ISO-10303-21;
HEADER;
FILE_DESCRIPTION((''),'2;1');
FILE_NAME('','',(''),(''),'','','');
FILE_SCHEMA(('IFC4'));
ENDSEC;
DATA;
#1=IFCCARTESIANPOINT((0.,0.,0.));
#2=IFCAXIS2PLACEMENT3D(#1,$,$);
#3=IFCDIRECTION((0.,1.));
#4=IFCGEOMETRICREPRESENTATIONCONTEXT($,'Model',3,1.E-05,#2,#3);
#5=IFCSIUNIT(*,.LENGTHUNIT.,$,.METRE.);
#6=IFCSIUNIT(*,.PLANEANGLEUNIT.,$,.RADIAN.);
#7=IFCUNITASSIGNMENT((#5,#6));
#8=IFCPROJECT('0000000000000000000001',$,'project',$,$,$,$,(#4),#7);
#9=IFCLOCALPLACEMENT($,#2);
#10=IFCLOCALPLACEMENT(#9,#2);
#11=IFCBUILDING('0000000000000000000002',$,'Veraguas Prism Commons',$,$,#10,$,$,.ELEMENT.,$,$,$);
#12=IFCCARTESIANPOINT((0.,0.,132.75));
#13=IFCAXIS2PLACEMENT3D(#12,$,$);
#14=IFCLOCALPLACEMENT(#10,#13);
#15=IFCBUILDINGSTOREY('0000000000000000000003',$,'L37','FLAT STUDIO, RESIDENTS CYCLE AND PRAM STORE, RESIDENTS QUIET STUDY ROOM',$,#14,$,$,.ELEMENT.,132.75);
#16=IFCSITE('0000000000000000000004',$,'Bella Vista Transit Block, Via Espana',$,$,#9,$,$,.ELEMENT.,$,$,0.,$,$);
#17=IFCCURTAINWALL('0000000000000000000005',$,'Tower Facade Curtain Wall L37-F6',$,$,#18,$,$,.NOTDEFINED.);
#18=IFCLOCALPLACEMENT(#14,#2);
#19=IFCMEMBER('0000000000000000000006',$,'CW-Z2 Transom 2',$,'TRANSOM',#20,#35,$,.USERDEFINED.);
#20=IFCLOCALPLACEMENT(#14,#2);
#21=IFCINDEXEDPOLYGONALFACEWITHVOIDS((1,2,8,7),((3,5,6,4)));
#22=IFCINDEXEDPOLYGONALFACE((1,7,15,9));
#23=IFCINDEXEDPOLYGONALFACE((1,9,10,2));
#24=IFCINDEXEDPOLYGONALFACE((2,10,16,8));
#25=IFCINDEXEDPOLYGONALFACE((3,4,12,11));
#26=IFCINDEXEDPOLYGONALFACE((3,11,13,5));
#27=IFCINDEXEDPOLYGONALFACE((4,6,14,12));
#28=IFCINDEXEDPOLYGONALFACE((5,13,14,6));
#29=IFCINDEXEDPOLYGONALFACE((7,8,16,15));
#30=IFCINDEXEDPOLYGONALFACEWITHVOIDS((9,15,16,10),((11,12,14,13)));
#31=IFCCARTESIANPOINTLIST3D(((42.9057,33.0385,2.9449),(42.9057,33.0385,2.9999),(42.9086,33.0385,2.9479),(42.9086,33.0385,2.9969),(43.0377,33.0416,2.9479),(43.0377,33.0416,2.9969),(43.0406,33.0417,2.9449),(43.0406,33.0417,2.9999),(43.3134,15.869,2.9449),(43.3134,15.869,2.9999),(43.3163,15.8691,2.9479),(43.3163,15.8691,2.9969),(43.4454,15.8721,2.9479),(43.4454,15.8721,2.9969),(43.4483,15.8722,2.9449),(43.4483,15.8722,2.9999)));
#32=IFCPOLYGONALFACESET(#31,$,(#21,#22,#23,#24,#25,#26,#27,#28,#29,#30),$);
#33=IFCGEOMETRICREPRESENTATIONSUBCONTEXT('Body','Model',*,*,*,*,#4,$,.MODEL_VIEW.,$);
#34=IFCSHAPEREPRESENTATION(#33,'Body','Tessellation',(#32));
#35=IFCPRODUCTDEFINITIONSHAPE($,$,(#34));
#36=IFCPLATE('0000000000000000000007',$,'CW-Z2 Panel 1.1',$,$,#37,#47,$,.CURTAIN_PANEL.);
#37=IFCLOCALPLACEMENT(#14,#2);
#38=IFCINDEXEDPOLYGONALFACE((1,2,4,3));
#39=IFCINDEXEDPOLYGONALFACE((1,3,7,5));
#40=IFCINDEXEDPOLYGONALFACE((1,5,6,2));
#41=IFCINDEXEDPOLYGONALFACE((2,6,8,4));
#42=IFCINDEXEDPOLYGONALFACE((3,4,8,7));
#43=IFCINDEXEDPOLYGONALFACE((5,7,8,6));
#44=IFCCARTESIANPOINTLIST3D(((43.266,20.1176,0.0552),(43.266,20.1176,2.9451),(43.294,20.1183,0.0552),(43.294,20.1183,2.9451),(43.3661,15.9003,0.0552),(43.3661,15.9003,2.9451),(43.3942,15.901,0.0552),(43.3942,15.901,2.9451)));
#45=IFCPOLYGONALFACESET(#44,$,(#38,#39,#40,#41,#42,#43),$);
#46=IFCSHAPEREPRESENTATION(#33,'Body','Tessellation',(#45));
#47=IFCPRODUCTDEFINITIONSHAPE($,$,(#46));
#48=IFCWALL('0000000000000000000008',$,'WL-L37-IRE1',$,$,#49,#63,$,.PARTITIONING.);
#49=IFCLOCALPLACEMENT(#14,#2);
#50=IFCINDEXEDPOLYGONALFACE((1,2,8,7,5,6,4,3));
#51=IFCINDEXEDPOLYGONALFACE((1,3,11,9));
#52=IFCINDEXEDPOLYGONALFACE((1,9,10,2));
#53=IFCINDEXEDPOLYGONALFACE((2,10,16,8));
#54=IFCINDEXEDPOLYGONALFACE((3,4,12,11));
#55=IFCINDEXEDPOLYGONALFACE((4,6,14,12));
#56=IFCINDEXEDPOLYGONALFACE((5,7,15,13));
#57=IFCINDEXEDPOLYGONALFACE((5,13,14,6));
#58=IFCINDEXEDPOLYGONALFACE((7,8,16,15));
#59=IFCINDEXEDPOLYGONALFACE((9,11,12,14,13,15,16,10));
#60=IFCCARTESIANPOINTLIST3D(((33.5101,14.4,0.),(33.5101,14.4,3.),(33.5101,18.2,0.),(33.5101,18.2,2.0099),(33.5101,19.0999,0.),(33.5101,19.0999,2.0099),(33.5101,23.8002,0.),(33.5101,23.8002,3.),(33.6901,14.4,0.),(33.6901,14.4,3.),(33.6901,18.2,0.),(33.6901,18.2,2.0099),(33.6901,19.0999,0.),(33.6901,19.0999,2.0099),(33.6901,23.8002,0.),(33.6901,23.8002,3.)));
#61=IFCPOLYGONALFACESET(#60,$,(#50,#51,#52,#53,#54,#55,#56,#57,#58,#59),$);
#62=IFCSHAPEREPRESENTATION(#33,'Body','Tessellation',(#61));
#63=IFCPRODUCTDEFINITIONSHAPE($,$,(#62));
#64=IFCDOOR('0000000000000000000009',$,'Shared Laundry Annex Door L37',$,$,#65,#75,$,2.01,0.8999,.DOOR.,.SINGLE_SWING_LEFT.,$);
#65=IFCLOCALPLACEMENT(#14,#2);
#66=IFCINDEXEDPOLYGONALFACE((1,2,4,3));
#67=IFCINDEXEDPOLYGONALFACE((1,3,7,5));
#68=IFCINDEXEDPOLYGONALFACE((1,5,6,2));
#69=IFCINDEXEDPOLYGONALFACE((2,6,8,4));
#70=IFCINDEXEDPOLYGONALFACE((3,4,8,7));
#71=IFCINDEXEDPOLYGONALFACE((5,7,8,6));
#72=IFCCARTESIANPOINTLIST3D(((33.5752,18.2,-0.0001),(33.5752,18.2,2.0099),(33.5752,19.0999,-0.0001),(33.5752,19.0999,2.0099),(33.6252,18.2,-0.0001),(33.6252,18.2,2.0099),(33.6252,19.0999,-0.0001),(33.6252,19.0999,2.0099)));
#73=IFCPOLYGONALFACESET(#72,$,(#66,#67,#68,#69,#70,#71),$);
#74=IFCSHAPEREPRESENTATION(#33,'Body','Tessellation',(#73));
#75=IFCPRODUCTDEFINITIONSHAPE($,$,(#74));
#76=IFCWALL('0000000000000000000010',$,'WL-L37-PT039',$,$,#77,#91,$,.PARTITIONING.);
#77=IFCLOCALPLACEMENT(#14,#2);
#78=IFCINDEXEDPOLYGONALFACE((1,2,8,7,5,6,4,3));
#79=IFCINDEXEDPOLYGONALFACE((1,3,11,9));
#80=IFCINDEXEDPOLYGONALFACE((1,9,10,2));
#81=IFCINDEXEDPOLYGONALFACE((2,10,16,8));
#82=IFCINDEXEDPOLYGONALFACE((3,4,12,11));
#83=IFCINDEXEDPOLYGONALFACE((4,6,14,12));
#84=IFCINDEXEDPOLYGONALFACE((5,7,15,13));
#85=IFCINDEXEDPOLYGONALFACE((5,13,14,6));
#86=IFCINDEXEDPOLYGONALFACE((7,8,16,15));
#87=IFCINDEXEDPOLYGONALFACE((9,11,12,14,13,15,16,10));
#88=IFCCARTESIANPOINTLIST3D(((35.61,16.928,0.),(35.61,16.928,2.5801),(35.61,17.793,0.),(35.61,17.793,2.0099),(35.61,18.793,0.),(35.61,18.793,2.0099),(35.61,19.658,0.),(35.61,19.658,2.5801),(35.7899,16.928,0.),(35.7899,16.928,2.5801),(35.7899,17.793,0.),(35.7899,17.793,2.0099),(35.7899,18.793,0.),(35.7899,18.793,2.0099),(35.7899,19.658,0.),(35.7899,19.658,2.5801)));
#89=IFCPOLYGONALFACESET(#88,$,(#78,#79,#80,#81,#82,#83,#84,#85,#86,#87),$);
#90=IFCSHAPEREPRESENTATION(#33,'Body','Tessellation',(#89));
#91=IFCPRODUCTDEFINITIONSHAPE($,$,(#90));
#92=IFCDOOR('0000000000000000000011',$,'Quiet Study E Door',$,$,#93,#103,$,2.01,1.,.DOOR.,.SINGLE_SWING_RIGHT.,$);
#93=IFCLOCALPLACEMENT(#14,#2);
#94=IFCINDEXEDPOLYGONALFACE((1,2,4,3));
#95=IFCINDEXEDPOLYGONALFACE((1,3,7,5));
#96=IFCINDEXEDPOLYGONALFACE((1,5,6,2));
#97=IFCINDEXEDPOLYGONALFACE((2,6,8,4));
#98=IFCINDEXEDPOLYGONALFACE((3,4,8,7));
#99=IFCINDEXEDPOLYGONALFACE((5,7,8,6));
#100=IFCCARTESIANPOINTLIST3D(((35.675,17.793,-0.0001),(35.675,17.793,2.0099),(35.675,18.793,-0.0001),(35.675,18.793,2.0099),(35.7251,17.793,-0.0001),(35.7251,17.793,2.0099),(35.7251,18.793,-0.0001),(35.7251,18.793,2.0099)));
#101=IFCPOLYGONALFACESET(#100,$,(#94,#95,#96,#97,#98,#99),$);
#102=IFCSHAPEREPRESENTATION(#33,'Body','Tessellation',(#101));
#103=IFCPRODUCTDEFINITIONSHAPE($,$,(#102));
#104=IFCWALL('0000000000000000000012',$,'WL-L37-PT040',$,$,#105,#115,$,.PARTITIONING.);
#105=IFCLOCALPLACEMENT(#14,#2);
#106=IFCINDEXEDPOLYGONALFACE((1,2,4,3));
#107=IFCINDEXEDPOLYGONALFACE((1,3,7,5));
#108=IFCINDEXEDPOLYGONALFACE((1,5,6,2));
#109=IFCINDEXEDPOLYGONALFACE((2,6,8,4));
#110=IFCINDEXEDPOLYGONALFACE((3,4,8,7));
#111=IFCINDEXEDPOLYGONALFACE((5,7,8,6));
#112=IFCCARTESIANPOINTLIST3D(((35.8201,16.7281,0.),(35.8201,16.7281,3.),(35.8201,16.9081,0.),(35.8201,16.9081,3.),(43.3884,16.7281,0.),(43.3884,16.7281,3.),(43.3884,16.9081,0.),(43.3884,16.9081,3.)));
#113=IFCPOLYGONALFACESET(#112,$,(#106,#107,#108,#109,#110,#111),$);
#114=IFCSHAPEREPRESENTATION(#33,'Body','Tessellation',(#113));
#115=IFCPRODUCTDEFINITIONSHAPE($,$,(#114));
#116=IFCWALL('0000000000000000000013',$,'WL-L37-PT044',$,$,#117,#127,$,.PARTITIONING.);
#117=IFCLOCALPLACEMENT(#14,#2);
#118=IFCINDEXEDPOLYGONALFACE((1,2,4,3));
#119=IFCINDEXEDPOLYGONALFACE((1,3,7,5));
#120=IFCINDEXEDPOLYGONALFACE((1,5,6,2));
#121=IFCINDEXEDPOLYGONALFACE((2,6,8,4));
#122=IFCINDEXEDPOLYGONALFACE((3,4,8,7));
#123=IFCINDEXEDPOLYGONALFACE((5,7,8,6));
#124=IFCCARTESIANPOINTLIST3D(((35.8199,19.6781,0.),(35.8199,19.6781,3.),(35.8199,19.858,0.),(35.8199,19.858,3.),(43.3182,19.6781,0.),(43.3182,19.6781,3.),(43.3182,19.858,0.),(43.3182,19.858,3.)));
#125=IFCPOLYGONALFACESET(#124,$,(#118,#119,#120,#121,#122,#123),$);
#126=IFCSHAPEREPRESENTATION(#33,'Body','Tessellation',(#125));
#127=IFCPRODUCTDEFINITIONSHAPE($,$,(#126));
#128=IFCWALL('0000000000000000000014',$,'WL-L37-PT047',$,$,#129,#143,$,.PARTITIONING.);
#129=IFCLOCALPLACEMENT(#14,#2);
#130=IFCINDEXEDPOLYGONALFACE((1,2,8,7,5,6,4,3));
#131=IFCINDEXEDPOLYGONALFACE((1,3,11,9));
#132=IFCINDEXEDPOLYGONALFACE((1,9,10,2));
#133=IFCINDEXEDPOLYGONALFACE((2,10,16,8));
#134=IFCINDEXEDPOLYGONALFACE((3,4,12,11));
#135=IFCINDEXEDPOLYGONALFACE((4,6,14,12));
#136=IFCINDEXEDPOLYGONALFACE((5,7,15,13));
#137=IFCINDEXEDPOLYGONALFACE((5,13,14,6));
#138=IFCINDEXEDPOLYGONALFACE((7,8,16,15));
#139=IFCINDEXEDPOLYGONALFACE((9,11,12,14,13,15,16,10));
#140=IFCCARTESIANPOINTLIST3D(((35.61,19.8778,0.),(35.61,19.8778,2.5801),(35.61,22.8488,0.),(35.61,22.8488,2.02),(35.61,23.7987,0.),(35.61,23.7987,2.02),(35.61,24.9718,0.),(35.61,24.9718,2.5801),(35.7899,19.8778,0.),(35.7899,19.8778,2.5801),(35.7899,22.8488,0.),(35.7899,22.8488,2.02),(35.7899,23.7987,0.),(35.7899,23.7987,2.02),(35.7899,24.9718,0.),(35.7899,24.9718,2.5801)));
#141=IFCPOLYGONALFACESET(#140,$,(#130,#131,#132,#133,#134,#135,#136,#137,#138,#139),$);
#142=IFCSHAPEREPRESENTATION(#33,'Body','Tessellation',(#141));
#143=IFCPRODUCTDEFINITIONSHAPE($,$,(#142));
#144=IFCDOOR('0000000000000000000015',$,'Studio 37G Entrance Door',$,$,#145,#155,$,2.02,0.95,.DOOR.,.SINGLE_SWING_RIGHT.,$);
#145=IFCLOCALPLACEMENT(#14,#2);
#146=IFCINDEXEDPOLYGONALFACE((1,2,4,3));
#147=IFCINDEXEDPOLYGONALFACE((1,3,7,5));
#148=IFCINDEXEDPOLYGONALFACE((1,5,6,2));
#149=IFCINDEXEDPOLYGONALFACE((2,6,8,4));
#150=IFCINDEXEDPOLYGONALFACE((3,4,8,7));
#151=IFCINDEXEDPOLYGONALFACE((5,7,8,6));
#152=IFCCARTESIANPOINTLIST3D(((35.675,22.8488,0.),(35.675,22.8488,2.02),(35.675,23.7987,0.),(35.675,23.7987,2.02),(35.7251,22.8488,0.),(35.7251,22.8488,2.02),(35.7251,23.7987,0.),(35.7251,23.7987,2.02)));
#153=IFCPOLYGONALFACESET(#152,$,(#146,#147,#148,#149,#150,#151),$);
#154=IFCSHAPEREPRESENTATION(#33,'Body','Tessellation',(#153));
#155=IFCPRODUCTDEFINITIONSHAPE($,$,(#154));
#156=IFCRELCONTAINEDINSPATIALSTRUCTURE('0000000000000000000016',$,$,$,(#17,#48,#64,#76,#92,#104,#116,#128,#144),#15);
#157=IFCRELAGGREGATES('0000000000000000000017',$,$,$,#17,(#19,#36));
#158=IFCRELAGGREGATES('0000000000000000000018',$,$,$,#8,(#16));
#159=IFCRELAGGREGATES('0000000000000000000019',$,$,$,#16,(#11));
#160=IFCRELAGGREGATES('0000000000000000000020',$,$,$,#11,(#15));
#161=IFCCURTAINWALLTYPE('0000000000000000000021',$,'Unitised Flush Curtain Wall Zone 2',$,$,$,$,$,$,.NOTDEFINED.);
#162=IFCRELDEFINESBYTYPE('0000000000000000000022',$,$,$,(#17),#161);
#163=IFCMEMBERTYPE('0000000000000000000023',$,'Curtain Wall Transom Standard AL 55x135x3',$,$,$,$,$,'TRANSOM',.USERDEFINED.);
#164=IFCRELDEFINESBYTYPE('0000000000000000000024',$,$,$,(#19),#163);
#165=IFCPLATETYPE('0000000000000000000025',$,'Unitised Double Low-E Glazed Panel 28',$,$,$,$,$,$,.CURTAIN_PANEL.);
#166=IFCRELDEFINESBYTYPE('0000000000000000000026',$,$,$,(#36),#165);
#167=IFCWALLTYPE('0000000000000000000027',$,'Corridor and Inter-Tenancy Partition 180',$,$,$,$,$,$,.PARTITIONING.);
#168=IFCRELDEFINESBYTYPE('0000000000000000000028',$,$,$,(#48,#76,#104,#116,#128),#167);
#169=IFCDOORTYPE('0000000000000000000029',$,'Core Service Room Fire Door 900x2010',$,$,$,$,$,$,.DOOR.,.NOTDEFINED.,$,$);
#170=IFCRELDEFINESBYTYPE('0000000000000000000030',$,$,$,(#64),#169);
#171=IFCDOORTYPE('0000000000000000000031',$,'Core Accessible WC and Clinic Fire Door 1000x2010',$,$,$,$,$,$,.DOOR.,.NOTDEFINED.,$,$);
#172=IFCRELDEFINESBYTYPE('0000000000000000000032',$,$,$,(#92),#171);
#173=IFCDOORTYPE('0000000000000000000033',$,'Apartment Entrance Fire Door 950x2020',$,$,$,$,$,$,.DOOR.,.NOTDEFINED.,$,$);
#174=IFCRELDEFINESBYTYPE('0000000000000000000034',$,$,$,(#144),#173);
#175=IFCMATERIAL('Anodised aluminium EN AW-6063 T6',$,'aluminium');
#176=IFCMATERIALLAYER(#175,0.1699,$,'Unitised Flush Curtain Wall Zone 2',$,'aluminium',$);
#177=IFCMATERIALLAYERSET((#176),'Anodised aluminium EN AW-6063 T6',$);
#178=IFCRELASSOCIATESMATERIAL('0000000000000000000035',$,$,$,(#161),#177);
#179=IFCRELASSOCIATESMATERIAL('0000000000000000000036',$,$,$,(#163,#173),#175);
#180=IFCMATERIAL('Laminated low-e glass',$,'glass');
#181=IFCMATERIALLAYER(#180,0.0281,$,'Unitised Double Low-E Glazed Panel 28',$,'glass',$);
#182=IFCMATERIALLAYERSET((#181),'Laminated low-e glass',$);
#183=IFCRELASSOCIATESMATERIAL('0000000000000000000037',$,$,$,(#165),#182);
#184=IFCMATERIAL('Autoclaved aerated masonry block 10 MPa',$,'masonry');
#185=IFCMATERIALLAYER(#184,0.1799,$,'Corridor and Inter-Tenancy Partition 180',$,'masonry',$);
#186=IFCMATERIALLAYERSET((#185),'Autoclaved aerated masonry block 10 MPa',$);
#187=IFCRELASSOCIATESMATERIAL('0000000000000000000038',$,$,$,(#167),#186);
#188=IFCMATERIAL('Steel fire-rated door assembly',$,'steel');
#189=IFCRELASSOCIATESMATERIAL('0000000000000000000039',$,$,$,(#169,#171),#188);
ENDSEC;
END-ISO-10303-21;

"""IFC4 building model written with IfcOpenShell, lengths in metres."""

from ifc_helpers import new_model, si_unit, direction, frame, frame_2d, origin, origin_2d, place, context, subcontext, project, spatial, rectangle, hollow_rectangle, extrude, source, transform, mapped, material, layer, layer_set, material_profile, profile_set, type_object, element, fill, aggregate, save


model = new_model("IFC4")

# Units and contexts
model_context = context("Model", 3, precision=1e-05, world=origin(), true_north=direction((0.0, 1.0)))
body_context = subcontext(model_context, "Body", "Model", "MODEL_VIEW")
ifc_project = project(units=[si_unit("LENGTHUNIT", "METRE"), si_unit("PLANEANGLEUNIT", "RADIAN")], contexts=[model_context])

# Site, building, storey
site_placement = place(None, origin())
site = spatial("IfcSite", under=ifc_project, at=site_placement, Name="Bella Vista Transit Block, Via Espana", CompositionType="ELEMENT", RefElevation=0.0)
building_placement = place(site_placement, origin())
building = spatial("IfcBuilding", under=site, at=building_placement, Name="Veraguas Prism Commons", CompositionType="ELEMENT")
storey_placement = place(building_placement, frame((0.0, 0.0, 132.75)))
storey = spatial("IfcBuildingStorey", under=building, at=storey_placement, Name="L37", Description="FLAT STUDIO, RESIDENTS CYCLE AND PRAM STORE, RESIDENTS QUIET STUDY ROOM", CompositionType="ELEMENT", Elevation=132.75)

# Curtain wall
ifc_material_1 = material(Name="Anodised aluminium EN AW-6063 T6", Category="aluminium")
ifc_layer_1 = layer(ifc_material_1, 0.1699, Name="Unitised Flush Curtain Wall Zone 2", Category="aluminium")
ifc_layer_set_1 = layer_set([ifc_layer_1], Name="Anodised aluminium EN AW-6063 T6")
curtain_wall_type = type_object("IfcCurtainWallType", Name="Unitised Flush Curtain Wall Zone 2", PredefinedType="NOTDEFINED", material=ifc_layer_set_1)
curtain_wall_1_placement = place(storey_placement, origin())
curtain_wall_1 = element("IfcCurtainWall", 1, at=curtain_wall_1_placement, inside=storey, type_object=curtain_wall_type, Name="Tower Facade Curtain Wall L37-F6", PredefinedType="NOTDEFINED")

# Member
ifc_material_profile_1 = material_profile(ifc_material_1, hollow_rectangle(XDim=0.0549, YDim=0.135, WallThickness=0.0029, at=origin_2d()), Name="AL55X135X3")
ifc_profile_set_1 = profile_set([ifc_material_profile_1], Name="Anodised aluminium EN AW-6063 T6")
member_type_1 = type_object("IfcMemberType", Name="Curtain Wall Transom Standard AL 55x135x3", ElementType="TRANSOM", PredefinedType="USERDEFINED", material=ifc_profile_set_1)
shared_shape_1 = source(origin(), body_context, "Body", "SweptSolid", [
    extrude(hollow_rectangle(XDim=0.0549, YDim=0.135, WallThickness=0.0029, at=origin_2d()), origin(), (0.0, 0.0, 1.0), 17.1743),
])
member_1_placement = place(storey_placement, frame((43.3809, 15.8706, 2.9724), z_axis=(-0.02374, 0.999718, 0.0), x_axis=(0.0, 0.0, 1.0)))
member_1 = element("IfcMember", 2, at=member_1_placement, type_object=member_type_1, Name="CW-Z2 Transom 2", ObjectType="TRANSOM", PredefinedType="USERDEFINED", context=body_context, shape_type="MappedRepresentation", body=[
    mapped(shared_shape_1, transform((0.0, 0.0, 0.0), scale=1.0)),
])

# Plate
ifc_material_2 = material(Name="Laminated low-e glass", Category="glass")
ifc_layer_2 = layer(ifc_material_2, 0.0281, Name="Unitised Double Low-E Glazed Panel 28", Category="glass")
ifc_layer_set_2 = layer_set([ifc_layer_2], Name="Laminated low-e glass")
plate_type = type_object("IfcPlateType", Name="Unitised Double Low-E Glazed Panel 28", PredefinedType="CURTAIN_PANEL", material=ifc_layer_set_2)
shared_shape_2 = source(origin(), body_context, "Body", "SweptSolid", [
    extrude(rectangle(XDim=4.2185, YDim=0.0281, at=origin_2d()), origin(), (0.0, 0.0, 1.0), 2.8899),
])
plate_placement = place(storey_placement, frame((43.3301, 18.0093, 0.0552), z_axis=(0.0, 0.0, 1.0), x_axis=(-0.023738, 0.999718, 0.0)))
plate = element("IfcPlate", 3, at=plate_placement, type_object=plate_type, Name="CW-Z2 Panel 1.1", PredefinedType="CURTAIN_PANEL", context=body_context, shape_type="MappedRepresentation", body=[
    mapped(shared_shape_2, transform((0.0, 0.0, 0.0), scale=1.0)),
])
aggregate(curtain_wall_1, [member_1, plate])

# Walls, openings, doors
ifc_material_3 = material(Name="Autoclaved aerated masonry block 10 MPa", Category="masonry")
ifc_layer_3 = layer(ifc_material_3, 0.1799, Name="Corridor and Inter-Tenancy Partition 180", Category="masonry")
ifc_layer_set_3 = layer_set([ifc_layer_3], Name="Autoclaved aerated masonry block 10 MPa")
wall_type_1 = type_object("IfcWallType", Name="Corridor and Inter-Tenancy Partition 180", PredefinedType="PARTITIONING", material=ifc_layer_set_3)
wall_1_placement = place(storey_placement, frame((33.6001, 14.3999, 0.0), z_axis=(0.0, 0.0, 1.0), x_axis=(0.0, 1.0, 0.0)))
wall_1 = element("IfcWall", 4, at=wall_1_placement, inside=storey, type_object=wall_type_1, Name="WL-L37-IRE1", PredefinedType="PARTITIONING", context=body_context, shape_type="SweptSolid", body=[
    extrude(rectangle(XDim=9.4001, YDim=0.1799, at=frame_2d((4.7002, 0.0))), origin(), (0.0, 0.0, 1.0), 3.0),
])
opening_1_placement = place(wall_1_placement, frame((3.8, 0.0, 0.0)))
opening_1 = element("IfcOpeningElement", 5, at=opening_1_placement, cuts=wall_1, PredefinedType="OPENING", context=body_context, shape_type="SweptSolid", body=[
    extrude(rectangle(XDim=0.8999, YDim=2.01, at=frame_2d((0.45, 1.0049))), frame((0.0, 0.0999, 0.0), z_axis=(0.0, -1.0, 0.0), x_axis=(1.0, 0.0, 0.0)), (0.0, 0.0, 1.0), 0.2),
])
ifc_material_4 = material(Name="Steel fire-rated door assembly", Category="steel")
door_type_1 = type_object("IfcDoorType", Name="Core Service Room Fire Door 900x2010", OperationType="NOTDEFINED", PredefinedType="DOOR", material=ifc_material_4)
shared_shape_3 = source(origin(), body_context, "Body", "SweptSolid", [
    extrude(rectangle(XDim=0.8999, YDim=2.01, at=frame_2d((0.45, 1.0049))), frame((0.0, 0.0249, 0.0), z_axis=(0.0, -1.0, 0.0), x_axis=(1.0, 0.0, 0.0)), (0.0, 0.0, 1.0), 0.05),
])
door_1_placement = place(opening_1_placement, origin())
door_1 = element("IfcDoor", 6, at=door_1_placement, inside=storey, type_object=door_type_1, Name="Shared Laundry Annex Door L37", OperationType="SINGLE_SWING_LEFT", OverallHeight=2.01, OverallWidth=0.8999, PredefinedType="DOOR", context=body_context, shape_type="MappedRepresentation", body=[
    mapped(shared_shape_3, transform((0.0, 0.0, 0.0), scale=1.0)),
])
fill(opening_1, door_1)
wall_2_placement = place(storey_placement, frame((35.7, 16.928, 0.0), z_axis=(0.0, 0.0, 1.0), x_axis=(0.0, 1.0, 0.0)))
wall_2 = element("IfcWall", 7, at=wall_2_placement, inside=storey, type_object=wall_type_1, Name="WL-L37-PT039", PredefinedType="PARTITIONING", context=body_context, shape_type="SweptSolid", body=[
    extrude(rectangle(XDim=2.73, YDim=0.1799, at=frame_2d((1.365, 0.0))), origin(), (0.0, 0.0, 1.0), 2.5801),
])
opening_2_placement = place(wall_2_placement, frame((0.865, 0.0, 0.0)))
opening_2 = element("IfcOpeningElement", 8, at=opening_2_placement, cuts=wall_2, PredefinedType="OPENING", context=body_context, shape_type="SweptSolid", body=[
    extrude(rectangle(XDim=1.0, YDim=2.01, at=frame_2d((0.5, 1.0049))), frame((0.0, 0.0999, 0.0), z_axis=(0.0, -1.0, 0.0), x_axis=(1.0, 0.0, 0.0)), (0.0, 0.0, 1.0), 0.2),
])
door_type_2 = type_object("IfcDoorType", Name="Core Accessible WC and Clinic Fire Door 1000x2010", OperationType="NOTDEFINED", PredefinedType="DOOR", material=ifc_material_4)
shared_shape_4 = source(origin(), body_context, "Body", "SweptSolid", [
    extrude(rectangle(XDim=1.0, YDim=2.01, at=frame_2d((0.5, 1.0049))), frame((0.0, 0.0249, 0.0), z_axis=(0.0, -1.0, 0.0), x_axis=(1.0, 0.0, 0.0)), (0.0, 0.0, 1.0), 0.05),
])
door_2_placement = place(opening_2_placement, origin())
door_2 = element("IfcDoor", 9, at=door_2_placement, inside=storey, type_object=door_type_2, Name="Quiet Study E Door", OperationType="SINGLE_SWING_RIGHT", OverallHeight=2.01, OverallWidth=1.0, PredefinedType="DOOR", context=body_context, shape_type="MappedRepresentation", body=[
    mapped(shared_shape_4, transform((0.0, 0.0, 0.0), scale=1.0)),
])
fill(opening_2, door_2)

# Walls
wall_3_placement = place(storey_placement, frame((35.8201, 16.8181, 0.0), z_axis=(0.0, 0.0, 1.0), x_axis=(1.0, 0.0, 0.0)))
element("IfcWall", 10, at=wall_3_placement, inside=storey, type_object=wall_type_1, Name="WL-L37-PT040", PredefinedType="PARTITIONING", context=body_context, shape_type="SweptSolid", body=[
    extrude(rectangle(XDim=7.5684, YDim=0.1799, at=frame_2d((3.7842, 0.0))), origin(), (0.0, 0.0, 1.0), 3.0),
])
wall_4_placement = place(storey_placement, frame((35.8201, 19.7681, 0.0), z_axis=(0.0, 0.0, 1.0), x_axis=(1.0, 0.0, 0.0)))
element("IfcWall", 11, at=wall_4_placement, inside=storey, type_object=wall_type_1, Name="WL-L37-PT044", PredefinedType="PARTITIONING", context=body_context, shape_type="SweptSolid", body=[
    extrude(rectangle(XDim=7.4983, YDim=0.1799, at=frame_2d((3.749, 0.0))), origin(), (0.0, 0.0, 1.0), 3.0),
])

# Wall, opening, door
wall_5_placement = place(storey_placement, frame((35.7, 19.8779, 0.0), z_axis=(0.0, 0.0, 1.0), x_axis=(0.0, 1.0, 0.0)))
wall_5 = element("IfcWall", 12, at=wall_5_placement, inside=storey, type_object=wall_type_1, Name="WL-L37-PT047", PredefinedType="PARTITIONING", context=body_context, shape_type="SweptSolid", body=[
    extrude(rectangle(XDim=5.094, YDim=0.1799, at=frame_2d((2.5469, 0.0))), origin(), (0.0, 0.0, 1.0), 2.5801),
])
opening_3_placement = place(wall_5_placement, frame((2.9707, 0.0, 0.0)))
opening_3 = element("IfcOpeningElement", 13, at=opening_3_placement, cuts=wall_5, PredefinedType="OPENING", context=body_context, shape_type="SweptSolid", body=[
    extrude(rectangle(XDim=0.95, YDim=2.02, at=frame_2d((0.4751, 1.01))), frame((0.0, 0.0999, 0.0), z_axis=(0.0, -1.0, 0.0), x_axis=(1.0, 0.0, 0.0)), (0.0, 0.0, 1.0), 0.2),
])
door_type_3 = type_object("IfcDoorType", Name="Apartment Entrance Fire Door 950x2020", OperationType="NOTDEFINED", PredefinedType="DOOR", material=ifc_material_1)
shared_shape_5 = source(origin(), body_context, "Body", "SweptSolid", [
    extrude(rectangle(XDim=0.95, YDim=2.02, at=frame_2d((0.4751, 1.01))), frame((0.0, 0.0249, 0.0), z_axis=(0.0, -1.0, 0.0), x_axis=(1.0, 0.0, 0.0)), (0.0, 0.0, 1.0), 0.05),
])
door_3_placement = place(opening_3_placement, origin())
door_3 = element("IfcDoor", 14, at=door_3_placement, inside=storey, type_object=door_type_3, Name="Studio 37G Entrance Door", OperationType="SINGLE_SWING_RIGHT", OverallHeight=2.02, OverallWidth=0.95, PredefinedType="DOOR", context=body_context, shape_type="MappedRepresentation", body=[
    mapped(shared_shape_5, transform((0.0, 0.0, 0.0), scale=1.0)),
])
fill(opening_3, door_3)

save(model, "model.ifc")
